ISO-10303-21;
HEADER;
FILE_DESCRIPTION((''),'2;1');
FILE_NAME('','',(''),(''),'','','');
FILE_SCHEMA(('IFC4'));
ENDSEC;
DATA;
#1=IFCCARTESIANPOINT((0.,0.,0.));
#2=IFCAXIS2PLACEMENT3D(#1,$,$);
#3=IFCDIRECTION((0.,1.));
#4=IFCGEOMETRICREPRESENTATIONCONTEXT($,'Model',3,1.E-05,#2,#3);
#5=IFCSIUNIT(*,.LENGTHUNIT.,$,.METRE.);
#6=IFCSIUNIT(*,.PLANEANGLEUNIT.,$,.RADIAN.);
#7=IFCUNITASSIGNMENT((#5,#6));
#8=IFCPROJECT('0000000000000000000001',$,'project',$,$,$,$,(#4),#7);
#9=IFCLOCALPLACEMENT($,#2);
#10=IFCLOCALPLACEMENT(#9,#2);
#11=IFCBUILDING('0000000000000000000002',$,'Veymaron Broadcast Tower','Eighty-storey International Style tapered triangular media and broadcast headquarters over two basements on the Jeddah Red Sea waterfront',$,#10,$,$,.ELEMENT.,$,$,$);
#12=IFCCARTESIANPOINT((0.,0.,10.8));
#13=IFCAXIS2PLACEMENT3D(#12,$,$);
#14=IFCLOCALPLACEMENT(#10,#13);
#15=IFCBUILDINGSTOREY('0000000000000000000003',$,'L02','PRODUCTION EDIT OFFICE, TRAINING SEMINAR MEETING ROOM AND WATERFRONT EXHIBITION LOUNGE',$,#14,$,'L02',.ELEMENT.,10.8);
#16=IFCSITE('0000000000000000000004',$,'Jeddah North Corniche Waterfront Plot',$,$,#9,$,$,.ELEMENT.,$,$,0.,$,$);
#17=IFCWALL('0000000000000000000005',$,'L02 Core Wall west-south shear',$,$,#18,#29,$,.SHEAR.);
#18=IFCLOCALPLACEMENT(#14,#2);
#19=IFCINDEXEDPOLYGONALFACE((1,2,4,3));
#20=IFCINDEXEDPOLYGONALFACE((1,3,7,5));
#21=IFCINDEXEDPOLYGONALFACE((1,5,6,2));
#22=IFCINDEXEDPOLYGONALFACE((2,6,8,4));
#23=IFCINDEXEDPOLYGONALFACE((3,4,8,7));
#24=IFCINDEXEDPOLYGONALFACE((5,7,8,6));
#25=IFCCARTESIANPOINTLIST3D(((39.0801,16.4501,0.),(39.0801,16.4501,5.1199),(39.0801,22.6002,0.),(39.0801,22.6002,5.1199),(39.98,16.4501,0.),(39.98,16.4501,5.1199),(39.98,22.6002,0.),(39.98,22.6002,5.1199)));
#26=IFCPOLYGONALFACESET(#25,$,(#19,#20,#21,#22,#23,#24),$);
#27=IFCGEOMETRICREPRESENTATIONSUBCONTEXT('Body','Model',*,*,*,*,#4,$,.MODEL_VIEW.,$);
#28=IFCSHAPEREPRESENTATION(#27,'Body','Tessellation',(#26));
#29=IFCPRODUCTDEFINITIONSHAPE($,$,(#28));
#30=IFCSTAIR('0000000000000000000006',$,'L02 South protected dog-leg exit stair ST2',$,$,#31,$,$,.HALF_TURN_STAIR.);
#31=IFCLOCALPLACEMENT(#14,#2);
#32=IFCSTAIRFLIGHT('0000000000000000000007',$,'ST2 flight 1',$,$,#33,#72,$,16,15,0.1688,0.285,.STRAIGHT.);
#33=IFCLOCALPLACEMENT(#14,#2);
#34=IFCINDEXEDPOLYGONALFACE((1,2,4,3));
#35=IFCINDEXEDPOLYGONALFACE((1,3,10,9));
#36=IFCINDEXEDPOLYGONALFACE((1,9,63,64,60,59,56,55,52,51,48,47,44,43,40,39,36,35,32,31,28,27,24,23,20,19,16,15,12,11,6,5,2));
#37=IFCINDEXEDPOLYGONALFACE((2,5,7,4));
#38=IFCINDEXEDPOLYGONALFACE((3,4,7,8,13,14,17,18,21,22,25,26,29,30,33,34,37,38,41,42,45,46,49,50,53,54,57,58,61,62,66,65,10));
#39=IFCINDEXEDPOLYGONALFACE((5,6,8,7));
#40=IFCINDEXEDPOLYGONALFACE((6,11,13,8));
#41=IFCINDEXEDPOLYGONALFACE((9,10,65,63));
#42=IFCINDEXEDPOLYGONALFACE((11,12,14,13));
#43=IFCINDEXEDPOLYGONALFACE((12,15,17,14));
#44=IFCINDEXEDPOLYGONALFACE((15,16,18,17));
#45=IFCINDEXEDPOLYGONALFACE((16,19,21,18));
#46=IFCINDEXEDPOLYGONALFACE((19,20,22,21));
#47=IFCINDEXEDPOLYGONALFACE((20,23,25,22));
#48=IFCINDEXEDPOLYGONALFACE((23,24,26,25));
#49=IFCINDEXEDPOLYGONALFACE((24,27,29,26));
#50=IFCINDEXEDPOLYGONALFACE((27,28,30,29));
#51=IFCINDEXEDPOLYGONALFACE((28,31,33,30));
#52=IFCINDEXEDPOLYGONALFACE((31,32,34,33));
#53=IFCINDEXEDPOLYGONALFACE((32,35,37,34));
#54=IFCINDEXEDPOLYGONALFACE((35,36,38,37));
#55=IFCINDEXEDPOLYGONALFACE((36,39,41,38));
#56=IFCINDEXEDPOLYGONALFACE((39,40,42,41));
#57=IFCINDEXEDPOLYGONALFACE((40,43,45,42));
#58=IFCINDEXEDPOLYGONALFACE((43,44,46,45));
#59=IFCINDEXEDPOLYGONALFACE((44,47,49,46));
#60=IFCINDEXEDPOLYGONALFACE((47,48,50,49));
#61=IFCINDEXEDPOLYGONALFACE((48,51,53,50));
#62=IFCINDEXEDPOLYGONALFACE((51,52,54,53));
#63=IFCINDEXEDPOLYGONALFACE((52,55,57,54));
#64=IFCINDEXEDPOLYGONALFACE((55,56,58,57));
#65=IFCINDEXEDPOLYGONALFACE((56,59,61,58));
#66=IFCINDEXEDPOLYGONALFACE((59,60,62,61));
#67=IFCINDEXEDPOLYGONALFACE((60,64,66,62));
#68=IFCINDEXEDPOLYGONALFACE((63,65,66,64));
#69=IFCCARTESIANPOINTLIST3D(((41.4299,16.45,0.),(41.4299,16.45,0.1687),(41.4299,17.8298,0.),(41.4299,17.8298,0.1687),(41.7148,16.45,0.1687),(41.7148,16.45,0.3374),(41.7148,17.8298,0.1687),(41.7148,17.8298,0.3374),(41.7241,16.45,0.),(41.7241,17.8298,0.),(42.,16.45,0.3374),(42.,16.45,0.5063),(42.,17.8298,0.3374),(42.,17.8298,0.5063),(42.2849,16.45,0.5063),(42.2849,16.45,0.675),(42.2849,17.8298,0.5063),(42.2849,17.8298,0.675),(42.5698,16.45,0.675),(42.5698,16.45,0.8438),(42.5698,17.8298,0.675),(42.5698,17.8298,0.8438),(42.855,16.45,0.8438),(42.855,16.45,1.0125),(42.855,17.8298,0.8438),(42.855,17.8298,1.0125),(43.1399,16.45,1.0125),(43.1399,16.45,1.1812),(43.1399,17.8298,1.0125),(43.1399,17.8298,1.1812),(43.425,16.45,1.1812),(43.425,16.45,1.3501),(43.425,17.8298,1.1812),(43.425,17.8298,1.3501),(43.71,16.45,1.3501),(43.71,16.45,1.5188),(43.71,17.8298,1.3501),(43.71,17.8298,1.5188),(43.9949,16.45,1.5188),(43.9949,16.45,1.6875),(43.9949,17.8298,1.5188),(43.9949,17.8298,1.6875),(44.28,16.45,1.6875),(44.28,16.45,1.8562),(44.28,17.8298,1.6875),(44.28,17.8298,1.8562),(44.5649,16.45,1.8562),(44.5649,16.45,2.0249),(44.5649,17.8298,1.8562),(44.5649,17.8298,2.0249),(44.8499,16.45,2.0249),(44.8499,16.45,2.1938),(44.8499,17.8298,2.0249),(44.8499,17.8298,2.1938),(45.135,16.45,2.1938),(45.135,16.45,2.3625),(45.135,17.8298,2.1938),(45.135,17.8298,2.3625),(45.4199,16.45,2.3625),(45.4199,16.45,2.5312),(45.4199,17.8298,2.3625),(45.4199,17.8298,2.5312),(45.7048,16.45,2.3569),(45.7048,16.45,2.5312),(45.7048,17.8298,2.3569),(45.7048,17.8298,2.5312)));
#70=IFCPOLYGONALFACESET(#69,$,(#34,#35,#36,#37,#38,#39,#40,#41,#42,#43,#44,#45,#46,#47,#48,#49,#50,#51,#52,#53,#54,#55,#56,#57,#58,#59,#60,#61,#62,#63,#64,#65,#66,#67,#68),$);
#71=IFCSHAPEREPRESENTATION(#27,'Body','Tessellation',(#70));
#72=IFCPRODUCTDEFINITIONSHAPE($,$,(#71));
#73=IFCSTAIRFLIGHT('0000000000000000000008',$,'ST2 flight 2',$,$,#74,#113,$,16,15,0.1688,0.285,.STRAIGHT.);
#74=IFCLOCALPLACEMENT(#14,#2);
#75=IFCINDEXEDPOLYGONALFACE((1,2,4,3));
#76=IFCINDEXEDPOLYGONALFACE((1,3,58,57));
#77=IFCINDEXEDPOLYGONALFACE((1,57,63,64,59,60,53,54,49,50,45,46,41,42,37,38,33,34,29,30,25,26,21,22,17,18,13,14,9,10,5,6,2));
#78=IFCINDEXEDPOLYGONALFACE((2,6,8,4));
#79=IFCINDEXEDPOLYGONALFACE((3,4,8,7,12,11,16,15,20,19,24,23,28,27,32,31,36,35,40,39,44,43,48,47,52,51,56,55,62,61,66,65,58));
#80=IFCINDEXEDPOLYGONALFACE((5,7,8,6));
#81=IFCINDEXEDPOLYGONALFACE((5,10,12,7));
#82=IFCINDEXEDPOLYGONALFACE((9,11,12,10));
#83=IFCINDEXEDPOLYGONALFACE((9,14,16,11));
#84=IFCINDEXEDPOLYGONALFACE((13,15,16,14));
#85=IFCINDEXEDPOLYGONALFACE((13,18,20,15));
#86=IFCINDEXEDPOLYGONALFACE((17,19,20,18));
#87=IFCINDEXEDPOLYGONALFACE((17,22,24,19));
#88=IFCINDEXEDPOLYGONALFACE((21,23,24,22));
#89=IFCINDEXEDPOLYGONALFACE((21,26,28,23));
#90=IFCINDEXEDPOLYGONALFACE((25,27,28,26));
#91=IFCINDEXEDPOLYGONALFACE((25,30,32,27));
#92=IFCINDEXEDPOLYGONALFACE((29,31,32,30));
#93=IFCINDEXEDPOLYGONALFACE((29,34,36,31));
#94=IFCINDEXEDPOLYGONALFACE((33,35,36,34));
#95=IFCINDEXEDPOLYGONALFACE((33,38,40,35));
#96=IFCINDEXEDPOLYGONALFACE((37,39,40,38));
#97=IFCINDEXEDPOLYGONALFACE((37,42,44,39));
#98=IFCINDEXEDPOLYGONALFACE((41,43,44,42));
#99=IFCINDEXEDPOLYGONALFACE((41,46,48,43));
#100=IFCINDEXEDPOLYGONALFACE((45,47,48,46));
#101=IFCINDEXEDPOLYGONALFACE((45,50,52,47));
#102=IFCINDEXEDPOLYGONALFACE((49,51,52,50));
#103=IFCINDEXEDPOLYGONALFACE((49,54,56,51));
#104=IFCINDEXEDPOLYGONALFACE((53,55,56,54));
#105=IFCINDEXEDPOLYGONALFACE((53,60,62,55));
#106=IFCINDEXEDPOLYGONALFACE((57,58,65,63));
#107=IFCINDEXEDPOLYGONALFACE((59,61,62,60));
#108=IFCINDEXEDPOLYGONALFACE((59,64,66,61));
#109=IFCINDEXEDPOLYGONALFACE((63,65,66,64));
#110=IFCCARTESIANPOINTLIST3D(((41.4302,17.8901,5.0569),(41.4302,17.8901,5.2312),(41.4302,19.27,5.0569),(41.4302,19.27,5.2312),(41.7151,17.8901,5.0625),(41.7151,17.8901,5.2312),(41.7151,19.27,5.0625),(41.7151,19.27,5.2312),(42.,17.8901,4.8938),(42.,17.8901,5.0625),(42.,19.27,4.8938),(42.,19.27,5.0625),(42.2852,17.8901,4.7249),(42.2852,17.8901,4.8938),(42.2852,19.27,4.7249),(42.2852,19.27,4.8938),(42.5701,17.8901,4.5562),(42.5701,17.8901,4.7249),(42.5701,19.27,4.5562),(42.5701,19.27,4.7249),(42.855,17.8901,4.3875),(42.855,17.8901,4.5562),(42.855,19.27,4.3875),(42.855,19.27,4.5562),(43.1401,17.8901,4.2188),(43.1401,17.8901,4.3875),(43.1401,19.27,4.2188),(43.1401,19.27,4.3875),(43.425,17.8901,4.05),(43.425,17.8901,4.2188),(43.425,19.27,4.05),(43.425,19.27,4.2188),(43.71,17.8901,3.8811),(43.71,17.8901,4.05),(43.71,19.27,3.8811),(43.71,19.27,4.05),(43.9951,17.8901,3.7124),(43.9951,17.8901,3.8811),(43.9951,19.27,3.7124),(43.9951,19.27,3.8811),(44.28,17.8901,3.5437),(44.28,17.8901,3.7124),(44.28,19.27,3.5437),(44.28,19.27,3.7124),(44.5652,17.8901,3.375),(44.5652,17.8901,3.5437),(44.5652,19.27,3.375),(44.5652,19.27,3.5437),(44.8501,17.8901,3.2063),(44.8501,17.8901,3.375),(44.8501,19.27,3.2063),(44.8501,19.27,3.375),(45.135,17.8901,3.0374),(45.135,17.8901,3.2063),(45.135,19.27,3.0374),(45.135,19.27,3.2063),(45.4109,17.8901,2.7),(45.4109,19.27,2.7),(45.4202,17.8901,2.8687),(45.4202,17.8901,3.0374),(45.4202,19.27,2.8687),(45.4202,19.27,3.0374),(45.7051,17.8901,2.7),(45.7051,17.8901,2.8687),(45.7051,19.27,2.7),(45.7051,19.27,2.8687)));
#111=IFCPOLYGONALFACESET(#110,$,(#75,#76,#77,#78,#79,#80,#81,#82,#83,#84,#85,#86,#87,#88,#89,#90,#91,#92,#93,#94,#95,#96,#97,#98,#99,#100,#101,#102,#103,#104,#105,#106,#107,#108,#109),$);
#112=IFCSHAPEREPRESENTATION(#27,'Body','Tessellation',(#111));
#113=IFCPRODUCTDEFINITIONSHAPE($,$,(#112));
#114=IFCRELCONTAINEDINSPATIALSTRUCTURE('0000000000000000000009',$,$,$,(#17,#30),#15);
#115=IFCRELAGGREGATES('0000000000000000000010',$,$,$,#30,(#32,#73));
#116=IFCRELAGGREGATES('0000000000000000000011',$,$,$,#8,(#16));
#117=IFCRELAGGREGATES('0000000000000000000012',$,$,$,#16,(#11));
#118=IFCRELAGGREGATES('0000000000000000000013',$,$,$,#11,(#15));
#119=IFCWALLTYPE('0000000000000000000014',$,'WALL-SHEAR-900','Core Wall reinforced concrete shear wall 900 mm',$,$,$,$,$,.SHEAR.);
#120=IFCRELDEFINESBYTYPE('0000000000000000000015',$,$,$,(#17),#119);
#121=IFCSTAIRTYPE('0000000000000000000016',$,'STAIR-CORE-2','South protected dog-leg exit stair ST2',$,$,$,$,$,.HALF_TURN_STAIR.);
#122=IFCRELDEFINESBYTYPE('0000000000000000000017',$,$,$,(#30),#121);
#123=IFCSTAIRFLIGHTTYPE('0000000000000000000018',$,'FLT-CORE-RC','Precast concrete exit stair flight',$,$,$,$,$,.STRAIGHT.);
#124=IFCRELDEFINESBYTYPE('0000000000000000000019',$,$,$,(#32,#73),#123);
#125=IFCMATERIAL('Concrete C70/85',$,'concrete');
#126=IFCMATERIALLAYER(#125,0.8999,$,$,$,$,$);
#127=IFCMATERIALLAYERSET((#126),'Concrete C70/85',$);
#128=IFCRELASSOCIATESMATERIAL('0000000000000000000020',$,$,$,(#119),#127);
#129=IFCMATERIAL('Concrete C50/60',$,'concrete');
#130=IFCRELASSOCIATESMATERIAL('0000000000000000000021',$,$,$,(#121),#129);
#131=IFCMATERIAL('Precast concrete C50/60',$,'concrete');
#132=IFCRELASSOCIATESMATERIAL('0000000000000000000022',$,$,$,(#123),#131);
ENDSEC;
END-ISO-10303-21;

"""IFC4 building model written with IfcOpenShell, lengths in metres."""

from ifc_helpers import new_model, si_unit, direction, frame, frame_2d, origin, place, context, subcontext, project, spatial, polyline, rectangle, outline, extrude, material, layer, layer_set, type_object, element, aggregate, save


model = new_model("IFC4")

# Units and contexts
model_context = context("Model", 3, precision=1e-05, world=origin(), true_north=direction((0.0, 1.0)))
body_context = subcontext(model_context, "Body", "Model", "MODEL_VIEW")
ifc_project = project(units=[si_unit("LENGTHUNIT", "METRE"), si_unit("PLANEANGLEUNIT", "RADIAN")], contexts=[model_context])

# Site, building, storey
site_placement = place(None, origin())
site = spatial("IfcSite", under=ifc_project, at=site_placement, Name="Jeddah North Corniche Waterfront Plot", CompositionType="ELEMENT", RefElevation=0.0)
building_placement = place(site_placement, origin())
building = spatial("IfcBuilding", under=site, at=building_placement, Name="Veymaron Broadcast Tower", Description="Eighty-storey International Style tapered triangular media and broadcast headquarters over two basements on the Jeddah Red Sea waterfront", CompositionType="ELEMENT")
storey_placement = place(building_placement, frame((0.0, 0.0, 10.8)))
storey = spatial("IfcBuildingStorey", under=building, at=storey_placement, Name="L02", Description="PRODUCTION EDIT OFFICE, TRAINING SEMINAR MEETING ROOM AND WATERFRONT EXHIBITION LOUNGE", LongName="L02", CompositionType="ELEMENT", Elevation=10.8)

# Shared definitions
ifc_material_1 = material(Name="Concrete C70/85", Category="concrete")

# Shared definitions
ifc_material_2 = material(Name="Concrete C50/60", Category="concrete")

# Wall
ifc_layer_1 = layer(ifc_material_1, 0.8999)
ifc_layer_set_1 = layer_set([ifc_layer_1], Name="Concrete C70/85")
wall_type_1 = type_object("IfcWallType", Name="WALL-SHEAR-900", Description="Core Wall reinforced concrete shear wall 900 mm", PredefinedType="SHEAR", material=ifc_layer_set_1)
wall_1_placement = place(storey_placement, frame((39.53, 16.45, 0.0), z_axis=(0.0, 0.0, 1.0), x_axis=(0.0, 1.0, 0.0)))
element("IfcWall", 1, at=wall_1_placement, inside=storey, type_object=wall_type_1, Name="L02 Core Wall west-south shear", PredefinedType="SHEAR", context=body_context, shape_type="SweptSolid", body=[
    extrude(rectangle(XDim=6.1501, YDim=0.8999, at=frame_2d((3.0752, 0.0))), origin(), (0.0, 0.0, 1.0), 5.1199),
])

# Stair, stair flights
stair_type = type_object("IfcStairType", Name="STAIR-CORE-2", Description="South protected dog-leg exit stair ST2", PredefinedType="HALF_TURN_STAIR", material=ifc_material_2)
stair_placement = place(storey_placement, origin())
stair = element("IfcStair", 2, at=stair_placement, inside=storey, type_object=stair_type, Name="L02 South protected dog-leg exit stair ST2", PredefinedType="HALF_TURN_STAIR")
ifc_material_3 = material(Name="Precast concrete C50/60", Category="concrete")
stair_flight_type = type_object("IfcStairFlightType", Name="FLT-CORE-RC", Description="Precast concrete exit stair flight", PredefinedType="STRAIGHT", material=ifc_material_3)
stair_flight_1_placement = place(storey_placement, frame((41.4299, 17.1399, 0.0), z_axis=(0.0, 0.0, 1.0), x_axis=(1.0, 0.0, 0.0)))
stair_flight_1 = element("IfcStairFlight", 3, at=stair_flight_1_placement, type_object=stair_flight_type, Name="ST2 flight 1", NumberOfRisers=16, NumberOfTreads=15, PredefinedType="STRAIGHT", RiserHeight=0.1688, TreadLength=0.285, context=body_context, shape_type="SweptSolid", body=[
    extrude(outline(polyline([(0.0, 0.0), (0.0, 0.1687), (0.2849, 0.1687), (0.2849, 0.3374), (0.5701, 0.3374), (0.5701, 0.5063), (0.855, 0.5063), (0.855, 0.675), (1.1399, 0.675), (1.1399, 0.8438), (1.425, 0.8438), (1.425, 1.0125), (1.71, 1.0125), (1.71, 1.1812), (1.9951, 1.1812), (1.9951, 1.3501), (2.28, 1.3501), (2.28, 1.5188), (2.5649, 1.5188), (2.5649, 1.6875), (2.8501, 1.6875), (2.8501, 1.8562), (3.135, 1.8562), (3.135, 2.0249), (3.4199, 2.0249), (3.4199, 2.1938), (3.7051, 2.1938), (3.7051, 2.3625), (3.99, 2.3625), (3.99, 2.5312), (4.2749, 2.5312), (4.2749, 2.7), (4.2749, 2.3569), (0.2942, 0.0), (0.0, 0.0)])), frame((0.0, 0.6899, 0.0), z_axis=(0.0, -1.0, 0.0), x_axis=(1.0, 0.0, 0.0)), (0.0, 0.0, 1.0), 1.3799),
])
stair_flight_2_placement = place(storey_placement, frame((45.7051, 18.5801, 2.7), z_axis=(0.0, 0.0, 1.0), x_axis=(-1.0, 0.0, 0.0)))
stair_flight_2 = element("IfcStairFlight", 4, at=stair_flight_2_placement, type_object=stair_flight_type, Name="ST2 flight 2", NumberOfRisers=16, NumberOfTreads=15, PredefinedType="STRAIGHT", RiserHeight=0.1688, TreadLength=0.285, context=body_context, shape_type="SweptSolid", body=[
    extrude(outline(polyline([(0.0, 0.0), (0.0, 0.1687), (0.2849, 0.1687), (0.2849, 0.3374), (0.5701, 0.3374), (0.5701, 0.5063), (0.855, 0.5063), (0.855, 0.675), (1.1399, 0.675), (1.1399, 0.8438), (1.425, 0.8438), (1.425, 1.0125), (1.71, 1.0125), (1.71, 1.1812), (1.9951, 1.1812), (1.9951, 1.3501), (2.28, 1.3501), (2.28, 1.5188), (2.5649, 1.5188), (2.5649, 1.6875), (2.8501, 1.6875), (2.8501, 1.8562), (3.135, 1.8562), (3.135, 2.0249), (3.4199, 2.0249), (3.4199, 2.1938), (3.7051, 2.1938), (3.7051, 2.3625), (3.99, 2.3625), (3.99, 2.5312), (4.2749, 2.5312), (4.2749, 2.7), (4.2749, 2.3569), (0.2942, 0.0), (0.0, 0.0)])), frame((0.0, 0.6899, 0.0), z_axis=(0.0, -1.0, 0.0), x_axis=(1.0, 0.0, 0.0)), (0.0, 0.0, 1.0), 1.3799),
])
aggregate(stair, [stair_flight_1, stair_flight_2])

save(model, "model.ifc")
